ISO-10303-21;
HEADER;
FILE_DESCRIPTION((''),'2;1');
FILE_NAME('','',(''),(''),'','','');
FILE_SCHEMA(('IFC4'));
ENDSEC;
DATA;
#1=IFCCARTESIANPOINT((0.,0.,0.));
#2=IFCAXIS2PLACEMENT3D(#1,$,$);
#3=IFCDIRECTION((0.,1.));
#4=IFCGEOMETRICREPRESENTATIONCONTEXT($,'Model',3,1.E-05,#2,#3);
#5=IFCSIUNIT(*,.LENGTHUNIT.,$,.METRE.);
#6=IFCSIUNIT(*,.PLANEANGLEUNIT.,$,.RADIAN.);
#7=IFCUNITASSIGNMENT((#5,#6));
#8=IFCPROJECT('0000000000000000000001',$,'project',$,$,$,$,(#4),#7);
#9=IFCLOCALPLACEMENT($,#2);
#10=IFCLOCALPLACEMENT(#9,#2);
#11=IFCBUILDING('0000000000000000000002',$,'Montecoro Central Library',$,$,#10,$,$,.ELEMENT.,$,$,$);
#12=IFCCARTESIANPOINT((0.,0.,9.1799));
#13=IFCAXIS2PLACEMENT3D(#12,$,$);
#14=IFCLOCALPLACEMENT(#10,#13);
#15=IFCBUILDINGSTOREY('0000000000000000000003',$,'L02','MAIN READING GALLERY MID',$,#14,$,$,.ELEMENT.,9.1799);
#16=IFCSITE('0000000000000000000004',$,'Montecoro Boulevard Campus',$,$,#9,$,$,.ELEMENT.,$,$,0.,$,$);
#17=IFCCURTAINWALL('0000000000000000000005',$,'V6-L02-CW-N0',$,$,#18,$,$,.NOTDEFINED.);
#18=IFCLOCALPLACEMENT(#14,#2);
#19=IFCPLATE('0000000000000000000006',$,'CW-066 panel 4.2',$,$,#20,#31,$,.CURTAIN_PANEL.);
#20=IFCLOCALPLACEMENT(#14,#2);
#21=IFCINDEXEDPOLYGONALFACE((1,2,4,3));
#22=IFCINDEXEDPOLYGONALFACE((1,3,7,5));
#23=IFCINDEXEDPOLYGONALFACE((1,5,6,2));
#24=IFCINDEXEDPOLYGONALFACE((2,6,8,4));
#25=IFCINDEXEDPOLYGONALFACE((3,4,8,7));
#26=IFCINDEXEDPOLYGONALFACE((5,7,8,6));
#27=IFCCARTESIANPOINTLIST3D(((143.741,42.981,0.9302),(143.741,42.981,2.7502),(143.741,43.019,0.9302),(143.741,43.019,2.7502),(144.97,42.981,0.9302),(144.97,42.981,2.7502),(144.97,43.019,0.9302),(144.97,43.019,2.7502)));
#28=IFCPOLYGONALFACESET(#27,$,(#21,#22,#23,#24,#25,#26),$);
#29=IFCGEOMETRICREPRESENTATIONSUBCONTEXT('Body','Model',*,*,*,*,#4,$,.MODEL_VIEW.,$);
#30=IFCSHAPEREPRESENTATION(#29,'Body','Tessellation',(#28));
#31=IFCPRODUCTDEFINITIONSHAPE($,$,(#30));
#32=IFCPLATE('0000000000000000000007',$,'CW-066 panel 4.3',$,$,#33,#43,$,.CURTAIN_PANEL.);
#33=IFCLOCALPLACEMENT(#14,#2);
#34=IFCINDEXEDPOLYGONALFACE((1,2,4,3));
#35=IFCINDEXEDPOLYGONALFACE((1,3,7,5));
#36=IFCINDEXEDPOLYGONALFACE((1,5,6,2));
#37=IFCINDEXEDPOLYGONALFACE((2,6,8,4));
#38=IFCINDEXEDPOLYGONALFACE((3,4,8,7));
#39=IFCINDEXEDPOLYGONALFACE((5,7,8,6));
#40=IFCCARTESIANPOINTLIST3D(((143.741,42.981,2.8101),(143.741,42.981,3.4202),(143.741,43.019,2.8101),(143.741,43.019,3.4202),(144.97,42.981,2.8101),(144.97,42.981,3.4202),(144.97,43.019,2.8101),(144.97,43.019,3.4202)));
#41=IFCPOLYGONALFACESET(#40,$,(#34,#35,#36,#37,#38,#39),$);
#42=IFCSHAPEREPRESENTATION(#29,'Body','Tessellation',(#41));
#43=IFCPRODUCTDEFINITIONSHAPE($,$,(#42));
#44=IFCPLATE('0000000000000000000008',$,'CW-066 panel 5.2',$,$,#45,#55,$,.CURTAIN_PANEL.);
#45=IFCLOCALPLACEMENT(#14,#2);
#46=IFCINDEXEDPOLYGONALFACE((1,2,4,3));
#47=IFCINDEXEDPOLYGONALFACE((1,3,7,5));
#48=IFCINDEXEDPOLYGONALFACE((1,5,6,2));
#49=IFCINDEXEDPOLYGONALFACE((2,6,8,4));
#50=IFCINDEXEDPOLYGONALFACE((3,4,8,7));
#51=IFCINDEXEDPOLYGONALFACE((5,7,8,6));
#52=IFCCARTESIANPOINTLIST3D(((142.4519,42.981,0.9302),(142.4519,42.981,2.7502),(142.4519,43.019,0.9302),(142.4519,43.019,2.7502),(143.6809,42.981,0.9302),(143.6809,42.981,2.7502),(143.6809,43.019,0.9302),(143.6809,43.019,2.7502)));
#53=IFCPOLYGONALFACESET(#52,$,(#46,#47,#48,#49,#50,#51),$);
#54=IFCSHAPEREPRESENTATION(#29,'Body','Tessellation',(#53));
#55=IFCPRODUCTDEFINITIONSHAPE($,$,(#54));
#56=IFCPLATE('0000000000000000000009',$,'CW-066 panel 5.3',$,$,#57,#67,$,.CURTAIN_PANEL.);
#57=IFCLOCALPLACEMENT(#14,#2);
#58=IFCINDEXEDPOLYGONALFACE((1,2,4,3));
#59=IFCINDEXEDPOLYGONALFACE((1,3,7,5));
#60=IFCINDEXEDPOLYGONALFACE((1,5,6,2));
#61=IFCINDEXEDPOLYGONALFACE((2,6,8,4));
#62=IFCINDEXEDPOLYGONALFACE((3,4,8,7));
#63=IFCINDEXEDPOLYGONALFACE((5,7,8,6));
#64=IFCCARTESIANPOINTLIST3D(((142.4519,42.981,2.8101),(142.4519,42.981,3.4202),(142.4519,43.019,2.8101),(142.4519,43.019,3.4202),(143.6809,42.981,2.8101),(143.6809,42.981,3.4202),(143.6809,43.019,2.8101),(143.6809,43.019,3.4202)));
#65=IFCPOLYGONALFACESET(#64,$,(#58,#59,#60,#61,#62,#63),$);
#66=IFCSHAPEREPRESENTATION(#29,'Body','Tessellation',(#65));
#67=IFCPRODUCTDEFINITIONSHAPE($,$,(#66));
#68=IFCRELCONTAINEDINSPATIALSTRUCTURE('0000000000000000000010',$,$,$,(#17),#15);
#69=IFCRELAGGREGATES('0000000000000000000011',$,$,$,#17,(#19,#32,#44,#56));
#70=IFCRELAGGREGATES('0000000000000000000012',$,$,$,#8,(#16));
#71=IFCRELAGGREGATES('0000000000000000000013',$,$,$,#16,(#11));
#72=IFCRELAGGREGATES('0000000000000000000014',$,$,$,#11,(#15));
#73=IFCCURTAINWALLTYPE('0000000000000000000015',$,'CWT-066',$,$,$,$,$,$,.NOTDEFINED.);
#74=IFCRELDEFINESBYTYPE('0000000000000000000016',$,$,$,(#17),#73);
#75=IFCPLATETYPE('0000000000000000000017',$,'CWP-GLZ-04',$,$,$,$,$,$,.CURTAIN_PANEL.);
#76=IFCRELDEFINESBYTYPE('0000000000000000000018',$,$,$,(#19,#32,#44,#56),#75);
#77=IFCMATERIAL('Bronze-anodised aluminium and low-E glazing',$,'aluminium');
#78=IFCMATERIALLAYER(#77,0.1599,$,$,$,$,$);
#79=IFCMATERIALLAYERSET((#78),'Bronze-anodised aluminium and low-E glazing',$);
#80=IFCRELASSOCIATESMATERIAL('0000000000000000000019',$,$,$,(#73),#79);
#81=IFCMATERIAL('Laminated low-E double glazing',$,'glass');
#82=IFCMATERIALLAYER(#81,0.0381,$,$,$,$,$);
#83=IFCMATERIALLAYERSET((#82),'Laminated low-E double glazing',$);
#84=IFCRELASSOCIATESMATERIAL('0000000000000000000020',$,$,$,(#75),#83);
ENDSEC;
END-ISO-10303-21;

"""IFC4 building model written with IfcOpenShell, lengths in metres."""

from ifc_helpers import new_model, si_unit, direction, frame, origin, origin_2d, place, context, subcontext, project, spatial, rectangle, extrude, material, layer, layer_set, type_object, element, aggregate, save


model = new_model("IFC4")

# Units and contexts
model_context = context("Model", 3, precision=1e-05, world=origin(), true_north=direction((0.0, 1.0)))
body_context = subcontext(model_context, "Body", "Model", "MODEL_VIEW")
ifc_project = project(units=[si_unit("LENGTHUNIT", "METRE"), si_unit("PLANEANGLEUNIT", "RADIAN")], contexts=[model_context])

# Site, building, storey
site_placement = place(None, origin())
site = spatial("IfcSite", under=ifc_project, at=site_placement, Name="Montecoro Boulevard Campus", CompositionType="ELEMENT", RefElevation=0.0)
building_placement = place(site_placement, origin())
building = spatial("IfcBuilding", under=site, at=building_placement, Name="Montecoro Central Library", CompositionType="ELEMENT")
storey_placement = place(building_placement, frame((0.0, 0.0, 9.1799)))
storey = spatial("IfcBuildingStorey", under=building, at=storey_placement, Name="L02", Description="MAIN READING GALLERY MID", CompositionType="ELEMENT", Elevation=9.1799)

# Curtain wall, plates
ifc_material_1 = material(Name="Bronze-anodised aluminium and low-E glazing", Category="aluminium")
ifc_layer_1 = layer(ifc_material_1, 0.1599)
ifc_layer_set_1 = layer_set([ifc_layer_1], Name="Bronze-anodised aluminium and low-E glazing")
curtain_wall_type = type_object("IfcCurtainWallType", Name="CWT-066", PredefinedType="NOTDEFINED", material=ifc_layer_set_1)
curtain_wall_placement = place(storey_placement, origin())
curtain_wall = element("IfcCurtainWall", 1, at=curtain_wall_placement, inside=storey, type_object=curtain_wall_type, Name="V6-L02-CW-N0", PredefinedType="NOTDEFINED")
ifc_material_2 = material(Name="Laminated low-E double glazing", Category="glass")
ifc_layer_2 = layer(ifc_material_2, 0.0381)
ifc_layer_set_2 = layer_set([ifc_layer_2], Name="Laminated low-E double glazing")
plate_type = type_object("IfcPlateType", Name="CWP-GLZ-04", PredefinedType="CURTAIN_PANEL", material=ifc_layer_set_2)
plate_1_placement = place(storey_placement, frame((144.3555, 43.0, 0.9302), z_axis=(0.0, 0.0, 1.0), x_axis=(-1.0, 0.0, 0.0)))
plate_1 = element("IfcPlate", 2, at=plate_1_placement, type_object=plate_type, Name="CW-066 panel 4.2", PredefinedType="CURTAIN_PANEL", context=body_context, shape_type="SweptSolid", body=[
    extrude(rectangle(XDim=1.229, YDim=0.0381, at=origin_2d()), origin(), (0.0, 0.0, 1.0), 1.8201),
])
plate_2_placement = place(storey_placement, frame((144.3555, 43.0, 2.8101), z_axis=(0.0, 0.0, 1.0), x_axis=(-1.0, 0.0, 0.0)))
plate_2 = element("IfcPlate", 3, at=plate_2_placement, type_object=plate_type, Name="CW-066 panel 4.3", PredefinedType="CURTAIN_PANEL", context=body_context, shape_type="SweptSolid", body=[
    extrude(rectangle(XDim=1.229, YDim=0.0381, at=origin_2d()), origin(), (0.0, 0.0, 1.0), 0.6101),
])
plate_3_placement = place(storey_placement, frame((143.0664, 43.0, 0.9302), z_axis=(0.0, 0.0, 1.0), x_axis=(-1.0, 0.0, 0.0)))
plate_3 = element("IfcPlate", 4, at=plate_3_placement, type_object=plate_type, Name="CW-066 panel 5.2", PredefinedType="CURTAIN_PANEL", context=body_context, shape_type="SweptSolid", body=[
    extrude(rectangle(XDim=1.229, YDim=0.0381, at=origin_2d()), origin(), (0.0, 0.0, 1.0), 1.8201),
])
plate_4_placement = place(storey_placement, frame((143.0664, 43.0, 2.8101), z_axis=(0.0, 0.0, 1.0), x_axis=(-1.0, 0.0, 0.0)))
plate_4 = element("IfcPlate", 5, at=plate_4_placement, type_object=plate_type, Name="CW-066 panel 5.3", PredefinedType="CURTAIN_PANEL", context=body_context, shape_type="SweptSolid", body=[
    extrude(rectangle(XDim=1.229, YDim=0.0381, at=origin_2d()), origin(), (0.0, 0.0, 1.0), 0.6101),
])
aggregate(curtain_wall, [plate_1, plate_2, plate_3, plate_4])

save(model, "model.ifc")
